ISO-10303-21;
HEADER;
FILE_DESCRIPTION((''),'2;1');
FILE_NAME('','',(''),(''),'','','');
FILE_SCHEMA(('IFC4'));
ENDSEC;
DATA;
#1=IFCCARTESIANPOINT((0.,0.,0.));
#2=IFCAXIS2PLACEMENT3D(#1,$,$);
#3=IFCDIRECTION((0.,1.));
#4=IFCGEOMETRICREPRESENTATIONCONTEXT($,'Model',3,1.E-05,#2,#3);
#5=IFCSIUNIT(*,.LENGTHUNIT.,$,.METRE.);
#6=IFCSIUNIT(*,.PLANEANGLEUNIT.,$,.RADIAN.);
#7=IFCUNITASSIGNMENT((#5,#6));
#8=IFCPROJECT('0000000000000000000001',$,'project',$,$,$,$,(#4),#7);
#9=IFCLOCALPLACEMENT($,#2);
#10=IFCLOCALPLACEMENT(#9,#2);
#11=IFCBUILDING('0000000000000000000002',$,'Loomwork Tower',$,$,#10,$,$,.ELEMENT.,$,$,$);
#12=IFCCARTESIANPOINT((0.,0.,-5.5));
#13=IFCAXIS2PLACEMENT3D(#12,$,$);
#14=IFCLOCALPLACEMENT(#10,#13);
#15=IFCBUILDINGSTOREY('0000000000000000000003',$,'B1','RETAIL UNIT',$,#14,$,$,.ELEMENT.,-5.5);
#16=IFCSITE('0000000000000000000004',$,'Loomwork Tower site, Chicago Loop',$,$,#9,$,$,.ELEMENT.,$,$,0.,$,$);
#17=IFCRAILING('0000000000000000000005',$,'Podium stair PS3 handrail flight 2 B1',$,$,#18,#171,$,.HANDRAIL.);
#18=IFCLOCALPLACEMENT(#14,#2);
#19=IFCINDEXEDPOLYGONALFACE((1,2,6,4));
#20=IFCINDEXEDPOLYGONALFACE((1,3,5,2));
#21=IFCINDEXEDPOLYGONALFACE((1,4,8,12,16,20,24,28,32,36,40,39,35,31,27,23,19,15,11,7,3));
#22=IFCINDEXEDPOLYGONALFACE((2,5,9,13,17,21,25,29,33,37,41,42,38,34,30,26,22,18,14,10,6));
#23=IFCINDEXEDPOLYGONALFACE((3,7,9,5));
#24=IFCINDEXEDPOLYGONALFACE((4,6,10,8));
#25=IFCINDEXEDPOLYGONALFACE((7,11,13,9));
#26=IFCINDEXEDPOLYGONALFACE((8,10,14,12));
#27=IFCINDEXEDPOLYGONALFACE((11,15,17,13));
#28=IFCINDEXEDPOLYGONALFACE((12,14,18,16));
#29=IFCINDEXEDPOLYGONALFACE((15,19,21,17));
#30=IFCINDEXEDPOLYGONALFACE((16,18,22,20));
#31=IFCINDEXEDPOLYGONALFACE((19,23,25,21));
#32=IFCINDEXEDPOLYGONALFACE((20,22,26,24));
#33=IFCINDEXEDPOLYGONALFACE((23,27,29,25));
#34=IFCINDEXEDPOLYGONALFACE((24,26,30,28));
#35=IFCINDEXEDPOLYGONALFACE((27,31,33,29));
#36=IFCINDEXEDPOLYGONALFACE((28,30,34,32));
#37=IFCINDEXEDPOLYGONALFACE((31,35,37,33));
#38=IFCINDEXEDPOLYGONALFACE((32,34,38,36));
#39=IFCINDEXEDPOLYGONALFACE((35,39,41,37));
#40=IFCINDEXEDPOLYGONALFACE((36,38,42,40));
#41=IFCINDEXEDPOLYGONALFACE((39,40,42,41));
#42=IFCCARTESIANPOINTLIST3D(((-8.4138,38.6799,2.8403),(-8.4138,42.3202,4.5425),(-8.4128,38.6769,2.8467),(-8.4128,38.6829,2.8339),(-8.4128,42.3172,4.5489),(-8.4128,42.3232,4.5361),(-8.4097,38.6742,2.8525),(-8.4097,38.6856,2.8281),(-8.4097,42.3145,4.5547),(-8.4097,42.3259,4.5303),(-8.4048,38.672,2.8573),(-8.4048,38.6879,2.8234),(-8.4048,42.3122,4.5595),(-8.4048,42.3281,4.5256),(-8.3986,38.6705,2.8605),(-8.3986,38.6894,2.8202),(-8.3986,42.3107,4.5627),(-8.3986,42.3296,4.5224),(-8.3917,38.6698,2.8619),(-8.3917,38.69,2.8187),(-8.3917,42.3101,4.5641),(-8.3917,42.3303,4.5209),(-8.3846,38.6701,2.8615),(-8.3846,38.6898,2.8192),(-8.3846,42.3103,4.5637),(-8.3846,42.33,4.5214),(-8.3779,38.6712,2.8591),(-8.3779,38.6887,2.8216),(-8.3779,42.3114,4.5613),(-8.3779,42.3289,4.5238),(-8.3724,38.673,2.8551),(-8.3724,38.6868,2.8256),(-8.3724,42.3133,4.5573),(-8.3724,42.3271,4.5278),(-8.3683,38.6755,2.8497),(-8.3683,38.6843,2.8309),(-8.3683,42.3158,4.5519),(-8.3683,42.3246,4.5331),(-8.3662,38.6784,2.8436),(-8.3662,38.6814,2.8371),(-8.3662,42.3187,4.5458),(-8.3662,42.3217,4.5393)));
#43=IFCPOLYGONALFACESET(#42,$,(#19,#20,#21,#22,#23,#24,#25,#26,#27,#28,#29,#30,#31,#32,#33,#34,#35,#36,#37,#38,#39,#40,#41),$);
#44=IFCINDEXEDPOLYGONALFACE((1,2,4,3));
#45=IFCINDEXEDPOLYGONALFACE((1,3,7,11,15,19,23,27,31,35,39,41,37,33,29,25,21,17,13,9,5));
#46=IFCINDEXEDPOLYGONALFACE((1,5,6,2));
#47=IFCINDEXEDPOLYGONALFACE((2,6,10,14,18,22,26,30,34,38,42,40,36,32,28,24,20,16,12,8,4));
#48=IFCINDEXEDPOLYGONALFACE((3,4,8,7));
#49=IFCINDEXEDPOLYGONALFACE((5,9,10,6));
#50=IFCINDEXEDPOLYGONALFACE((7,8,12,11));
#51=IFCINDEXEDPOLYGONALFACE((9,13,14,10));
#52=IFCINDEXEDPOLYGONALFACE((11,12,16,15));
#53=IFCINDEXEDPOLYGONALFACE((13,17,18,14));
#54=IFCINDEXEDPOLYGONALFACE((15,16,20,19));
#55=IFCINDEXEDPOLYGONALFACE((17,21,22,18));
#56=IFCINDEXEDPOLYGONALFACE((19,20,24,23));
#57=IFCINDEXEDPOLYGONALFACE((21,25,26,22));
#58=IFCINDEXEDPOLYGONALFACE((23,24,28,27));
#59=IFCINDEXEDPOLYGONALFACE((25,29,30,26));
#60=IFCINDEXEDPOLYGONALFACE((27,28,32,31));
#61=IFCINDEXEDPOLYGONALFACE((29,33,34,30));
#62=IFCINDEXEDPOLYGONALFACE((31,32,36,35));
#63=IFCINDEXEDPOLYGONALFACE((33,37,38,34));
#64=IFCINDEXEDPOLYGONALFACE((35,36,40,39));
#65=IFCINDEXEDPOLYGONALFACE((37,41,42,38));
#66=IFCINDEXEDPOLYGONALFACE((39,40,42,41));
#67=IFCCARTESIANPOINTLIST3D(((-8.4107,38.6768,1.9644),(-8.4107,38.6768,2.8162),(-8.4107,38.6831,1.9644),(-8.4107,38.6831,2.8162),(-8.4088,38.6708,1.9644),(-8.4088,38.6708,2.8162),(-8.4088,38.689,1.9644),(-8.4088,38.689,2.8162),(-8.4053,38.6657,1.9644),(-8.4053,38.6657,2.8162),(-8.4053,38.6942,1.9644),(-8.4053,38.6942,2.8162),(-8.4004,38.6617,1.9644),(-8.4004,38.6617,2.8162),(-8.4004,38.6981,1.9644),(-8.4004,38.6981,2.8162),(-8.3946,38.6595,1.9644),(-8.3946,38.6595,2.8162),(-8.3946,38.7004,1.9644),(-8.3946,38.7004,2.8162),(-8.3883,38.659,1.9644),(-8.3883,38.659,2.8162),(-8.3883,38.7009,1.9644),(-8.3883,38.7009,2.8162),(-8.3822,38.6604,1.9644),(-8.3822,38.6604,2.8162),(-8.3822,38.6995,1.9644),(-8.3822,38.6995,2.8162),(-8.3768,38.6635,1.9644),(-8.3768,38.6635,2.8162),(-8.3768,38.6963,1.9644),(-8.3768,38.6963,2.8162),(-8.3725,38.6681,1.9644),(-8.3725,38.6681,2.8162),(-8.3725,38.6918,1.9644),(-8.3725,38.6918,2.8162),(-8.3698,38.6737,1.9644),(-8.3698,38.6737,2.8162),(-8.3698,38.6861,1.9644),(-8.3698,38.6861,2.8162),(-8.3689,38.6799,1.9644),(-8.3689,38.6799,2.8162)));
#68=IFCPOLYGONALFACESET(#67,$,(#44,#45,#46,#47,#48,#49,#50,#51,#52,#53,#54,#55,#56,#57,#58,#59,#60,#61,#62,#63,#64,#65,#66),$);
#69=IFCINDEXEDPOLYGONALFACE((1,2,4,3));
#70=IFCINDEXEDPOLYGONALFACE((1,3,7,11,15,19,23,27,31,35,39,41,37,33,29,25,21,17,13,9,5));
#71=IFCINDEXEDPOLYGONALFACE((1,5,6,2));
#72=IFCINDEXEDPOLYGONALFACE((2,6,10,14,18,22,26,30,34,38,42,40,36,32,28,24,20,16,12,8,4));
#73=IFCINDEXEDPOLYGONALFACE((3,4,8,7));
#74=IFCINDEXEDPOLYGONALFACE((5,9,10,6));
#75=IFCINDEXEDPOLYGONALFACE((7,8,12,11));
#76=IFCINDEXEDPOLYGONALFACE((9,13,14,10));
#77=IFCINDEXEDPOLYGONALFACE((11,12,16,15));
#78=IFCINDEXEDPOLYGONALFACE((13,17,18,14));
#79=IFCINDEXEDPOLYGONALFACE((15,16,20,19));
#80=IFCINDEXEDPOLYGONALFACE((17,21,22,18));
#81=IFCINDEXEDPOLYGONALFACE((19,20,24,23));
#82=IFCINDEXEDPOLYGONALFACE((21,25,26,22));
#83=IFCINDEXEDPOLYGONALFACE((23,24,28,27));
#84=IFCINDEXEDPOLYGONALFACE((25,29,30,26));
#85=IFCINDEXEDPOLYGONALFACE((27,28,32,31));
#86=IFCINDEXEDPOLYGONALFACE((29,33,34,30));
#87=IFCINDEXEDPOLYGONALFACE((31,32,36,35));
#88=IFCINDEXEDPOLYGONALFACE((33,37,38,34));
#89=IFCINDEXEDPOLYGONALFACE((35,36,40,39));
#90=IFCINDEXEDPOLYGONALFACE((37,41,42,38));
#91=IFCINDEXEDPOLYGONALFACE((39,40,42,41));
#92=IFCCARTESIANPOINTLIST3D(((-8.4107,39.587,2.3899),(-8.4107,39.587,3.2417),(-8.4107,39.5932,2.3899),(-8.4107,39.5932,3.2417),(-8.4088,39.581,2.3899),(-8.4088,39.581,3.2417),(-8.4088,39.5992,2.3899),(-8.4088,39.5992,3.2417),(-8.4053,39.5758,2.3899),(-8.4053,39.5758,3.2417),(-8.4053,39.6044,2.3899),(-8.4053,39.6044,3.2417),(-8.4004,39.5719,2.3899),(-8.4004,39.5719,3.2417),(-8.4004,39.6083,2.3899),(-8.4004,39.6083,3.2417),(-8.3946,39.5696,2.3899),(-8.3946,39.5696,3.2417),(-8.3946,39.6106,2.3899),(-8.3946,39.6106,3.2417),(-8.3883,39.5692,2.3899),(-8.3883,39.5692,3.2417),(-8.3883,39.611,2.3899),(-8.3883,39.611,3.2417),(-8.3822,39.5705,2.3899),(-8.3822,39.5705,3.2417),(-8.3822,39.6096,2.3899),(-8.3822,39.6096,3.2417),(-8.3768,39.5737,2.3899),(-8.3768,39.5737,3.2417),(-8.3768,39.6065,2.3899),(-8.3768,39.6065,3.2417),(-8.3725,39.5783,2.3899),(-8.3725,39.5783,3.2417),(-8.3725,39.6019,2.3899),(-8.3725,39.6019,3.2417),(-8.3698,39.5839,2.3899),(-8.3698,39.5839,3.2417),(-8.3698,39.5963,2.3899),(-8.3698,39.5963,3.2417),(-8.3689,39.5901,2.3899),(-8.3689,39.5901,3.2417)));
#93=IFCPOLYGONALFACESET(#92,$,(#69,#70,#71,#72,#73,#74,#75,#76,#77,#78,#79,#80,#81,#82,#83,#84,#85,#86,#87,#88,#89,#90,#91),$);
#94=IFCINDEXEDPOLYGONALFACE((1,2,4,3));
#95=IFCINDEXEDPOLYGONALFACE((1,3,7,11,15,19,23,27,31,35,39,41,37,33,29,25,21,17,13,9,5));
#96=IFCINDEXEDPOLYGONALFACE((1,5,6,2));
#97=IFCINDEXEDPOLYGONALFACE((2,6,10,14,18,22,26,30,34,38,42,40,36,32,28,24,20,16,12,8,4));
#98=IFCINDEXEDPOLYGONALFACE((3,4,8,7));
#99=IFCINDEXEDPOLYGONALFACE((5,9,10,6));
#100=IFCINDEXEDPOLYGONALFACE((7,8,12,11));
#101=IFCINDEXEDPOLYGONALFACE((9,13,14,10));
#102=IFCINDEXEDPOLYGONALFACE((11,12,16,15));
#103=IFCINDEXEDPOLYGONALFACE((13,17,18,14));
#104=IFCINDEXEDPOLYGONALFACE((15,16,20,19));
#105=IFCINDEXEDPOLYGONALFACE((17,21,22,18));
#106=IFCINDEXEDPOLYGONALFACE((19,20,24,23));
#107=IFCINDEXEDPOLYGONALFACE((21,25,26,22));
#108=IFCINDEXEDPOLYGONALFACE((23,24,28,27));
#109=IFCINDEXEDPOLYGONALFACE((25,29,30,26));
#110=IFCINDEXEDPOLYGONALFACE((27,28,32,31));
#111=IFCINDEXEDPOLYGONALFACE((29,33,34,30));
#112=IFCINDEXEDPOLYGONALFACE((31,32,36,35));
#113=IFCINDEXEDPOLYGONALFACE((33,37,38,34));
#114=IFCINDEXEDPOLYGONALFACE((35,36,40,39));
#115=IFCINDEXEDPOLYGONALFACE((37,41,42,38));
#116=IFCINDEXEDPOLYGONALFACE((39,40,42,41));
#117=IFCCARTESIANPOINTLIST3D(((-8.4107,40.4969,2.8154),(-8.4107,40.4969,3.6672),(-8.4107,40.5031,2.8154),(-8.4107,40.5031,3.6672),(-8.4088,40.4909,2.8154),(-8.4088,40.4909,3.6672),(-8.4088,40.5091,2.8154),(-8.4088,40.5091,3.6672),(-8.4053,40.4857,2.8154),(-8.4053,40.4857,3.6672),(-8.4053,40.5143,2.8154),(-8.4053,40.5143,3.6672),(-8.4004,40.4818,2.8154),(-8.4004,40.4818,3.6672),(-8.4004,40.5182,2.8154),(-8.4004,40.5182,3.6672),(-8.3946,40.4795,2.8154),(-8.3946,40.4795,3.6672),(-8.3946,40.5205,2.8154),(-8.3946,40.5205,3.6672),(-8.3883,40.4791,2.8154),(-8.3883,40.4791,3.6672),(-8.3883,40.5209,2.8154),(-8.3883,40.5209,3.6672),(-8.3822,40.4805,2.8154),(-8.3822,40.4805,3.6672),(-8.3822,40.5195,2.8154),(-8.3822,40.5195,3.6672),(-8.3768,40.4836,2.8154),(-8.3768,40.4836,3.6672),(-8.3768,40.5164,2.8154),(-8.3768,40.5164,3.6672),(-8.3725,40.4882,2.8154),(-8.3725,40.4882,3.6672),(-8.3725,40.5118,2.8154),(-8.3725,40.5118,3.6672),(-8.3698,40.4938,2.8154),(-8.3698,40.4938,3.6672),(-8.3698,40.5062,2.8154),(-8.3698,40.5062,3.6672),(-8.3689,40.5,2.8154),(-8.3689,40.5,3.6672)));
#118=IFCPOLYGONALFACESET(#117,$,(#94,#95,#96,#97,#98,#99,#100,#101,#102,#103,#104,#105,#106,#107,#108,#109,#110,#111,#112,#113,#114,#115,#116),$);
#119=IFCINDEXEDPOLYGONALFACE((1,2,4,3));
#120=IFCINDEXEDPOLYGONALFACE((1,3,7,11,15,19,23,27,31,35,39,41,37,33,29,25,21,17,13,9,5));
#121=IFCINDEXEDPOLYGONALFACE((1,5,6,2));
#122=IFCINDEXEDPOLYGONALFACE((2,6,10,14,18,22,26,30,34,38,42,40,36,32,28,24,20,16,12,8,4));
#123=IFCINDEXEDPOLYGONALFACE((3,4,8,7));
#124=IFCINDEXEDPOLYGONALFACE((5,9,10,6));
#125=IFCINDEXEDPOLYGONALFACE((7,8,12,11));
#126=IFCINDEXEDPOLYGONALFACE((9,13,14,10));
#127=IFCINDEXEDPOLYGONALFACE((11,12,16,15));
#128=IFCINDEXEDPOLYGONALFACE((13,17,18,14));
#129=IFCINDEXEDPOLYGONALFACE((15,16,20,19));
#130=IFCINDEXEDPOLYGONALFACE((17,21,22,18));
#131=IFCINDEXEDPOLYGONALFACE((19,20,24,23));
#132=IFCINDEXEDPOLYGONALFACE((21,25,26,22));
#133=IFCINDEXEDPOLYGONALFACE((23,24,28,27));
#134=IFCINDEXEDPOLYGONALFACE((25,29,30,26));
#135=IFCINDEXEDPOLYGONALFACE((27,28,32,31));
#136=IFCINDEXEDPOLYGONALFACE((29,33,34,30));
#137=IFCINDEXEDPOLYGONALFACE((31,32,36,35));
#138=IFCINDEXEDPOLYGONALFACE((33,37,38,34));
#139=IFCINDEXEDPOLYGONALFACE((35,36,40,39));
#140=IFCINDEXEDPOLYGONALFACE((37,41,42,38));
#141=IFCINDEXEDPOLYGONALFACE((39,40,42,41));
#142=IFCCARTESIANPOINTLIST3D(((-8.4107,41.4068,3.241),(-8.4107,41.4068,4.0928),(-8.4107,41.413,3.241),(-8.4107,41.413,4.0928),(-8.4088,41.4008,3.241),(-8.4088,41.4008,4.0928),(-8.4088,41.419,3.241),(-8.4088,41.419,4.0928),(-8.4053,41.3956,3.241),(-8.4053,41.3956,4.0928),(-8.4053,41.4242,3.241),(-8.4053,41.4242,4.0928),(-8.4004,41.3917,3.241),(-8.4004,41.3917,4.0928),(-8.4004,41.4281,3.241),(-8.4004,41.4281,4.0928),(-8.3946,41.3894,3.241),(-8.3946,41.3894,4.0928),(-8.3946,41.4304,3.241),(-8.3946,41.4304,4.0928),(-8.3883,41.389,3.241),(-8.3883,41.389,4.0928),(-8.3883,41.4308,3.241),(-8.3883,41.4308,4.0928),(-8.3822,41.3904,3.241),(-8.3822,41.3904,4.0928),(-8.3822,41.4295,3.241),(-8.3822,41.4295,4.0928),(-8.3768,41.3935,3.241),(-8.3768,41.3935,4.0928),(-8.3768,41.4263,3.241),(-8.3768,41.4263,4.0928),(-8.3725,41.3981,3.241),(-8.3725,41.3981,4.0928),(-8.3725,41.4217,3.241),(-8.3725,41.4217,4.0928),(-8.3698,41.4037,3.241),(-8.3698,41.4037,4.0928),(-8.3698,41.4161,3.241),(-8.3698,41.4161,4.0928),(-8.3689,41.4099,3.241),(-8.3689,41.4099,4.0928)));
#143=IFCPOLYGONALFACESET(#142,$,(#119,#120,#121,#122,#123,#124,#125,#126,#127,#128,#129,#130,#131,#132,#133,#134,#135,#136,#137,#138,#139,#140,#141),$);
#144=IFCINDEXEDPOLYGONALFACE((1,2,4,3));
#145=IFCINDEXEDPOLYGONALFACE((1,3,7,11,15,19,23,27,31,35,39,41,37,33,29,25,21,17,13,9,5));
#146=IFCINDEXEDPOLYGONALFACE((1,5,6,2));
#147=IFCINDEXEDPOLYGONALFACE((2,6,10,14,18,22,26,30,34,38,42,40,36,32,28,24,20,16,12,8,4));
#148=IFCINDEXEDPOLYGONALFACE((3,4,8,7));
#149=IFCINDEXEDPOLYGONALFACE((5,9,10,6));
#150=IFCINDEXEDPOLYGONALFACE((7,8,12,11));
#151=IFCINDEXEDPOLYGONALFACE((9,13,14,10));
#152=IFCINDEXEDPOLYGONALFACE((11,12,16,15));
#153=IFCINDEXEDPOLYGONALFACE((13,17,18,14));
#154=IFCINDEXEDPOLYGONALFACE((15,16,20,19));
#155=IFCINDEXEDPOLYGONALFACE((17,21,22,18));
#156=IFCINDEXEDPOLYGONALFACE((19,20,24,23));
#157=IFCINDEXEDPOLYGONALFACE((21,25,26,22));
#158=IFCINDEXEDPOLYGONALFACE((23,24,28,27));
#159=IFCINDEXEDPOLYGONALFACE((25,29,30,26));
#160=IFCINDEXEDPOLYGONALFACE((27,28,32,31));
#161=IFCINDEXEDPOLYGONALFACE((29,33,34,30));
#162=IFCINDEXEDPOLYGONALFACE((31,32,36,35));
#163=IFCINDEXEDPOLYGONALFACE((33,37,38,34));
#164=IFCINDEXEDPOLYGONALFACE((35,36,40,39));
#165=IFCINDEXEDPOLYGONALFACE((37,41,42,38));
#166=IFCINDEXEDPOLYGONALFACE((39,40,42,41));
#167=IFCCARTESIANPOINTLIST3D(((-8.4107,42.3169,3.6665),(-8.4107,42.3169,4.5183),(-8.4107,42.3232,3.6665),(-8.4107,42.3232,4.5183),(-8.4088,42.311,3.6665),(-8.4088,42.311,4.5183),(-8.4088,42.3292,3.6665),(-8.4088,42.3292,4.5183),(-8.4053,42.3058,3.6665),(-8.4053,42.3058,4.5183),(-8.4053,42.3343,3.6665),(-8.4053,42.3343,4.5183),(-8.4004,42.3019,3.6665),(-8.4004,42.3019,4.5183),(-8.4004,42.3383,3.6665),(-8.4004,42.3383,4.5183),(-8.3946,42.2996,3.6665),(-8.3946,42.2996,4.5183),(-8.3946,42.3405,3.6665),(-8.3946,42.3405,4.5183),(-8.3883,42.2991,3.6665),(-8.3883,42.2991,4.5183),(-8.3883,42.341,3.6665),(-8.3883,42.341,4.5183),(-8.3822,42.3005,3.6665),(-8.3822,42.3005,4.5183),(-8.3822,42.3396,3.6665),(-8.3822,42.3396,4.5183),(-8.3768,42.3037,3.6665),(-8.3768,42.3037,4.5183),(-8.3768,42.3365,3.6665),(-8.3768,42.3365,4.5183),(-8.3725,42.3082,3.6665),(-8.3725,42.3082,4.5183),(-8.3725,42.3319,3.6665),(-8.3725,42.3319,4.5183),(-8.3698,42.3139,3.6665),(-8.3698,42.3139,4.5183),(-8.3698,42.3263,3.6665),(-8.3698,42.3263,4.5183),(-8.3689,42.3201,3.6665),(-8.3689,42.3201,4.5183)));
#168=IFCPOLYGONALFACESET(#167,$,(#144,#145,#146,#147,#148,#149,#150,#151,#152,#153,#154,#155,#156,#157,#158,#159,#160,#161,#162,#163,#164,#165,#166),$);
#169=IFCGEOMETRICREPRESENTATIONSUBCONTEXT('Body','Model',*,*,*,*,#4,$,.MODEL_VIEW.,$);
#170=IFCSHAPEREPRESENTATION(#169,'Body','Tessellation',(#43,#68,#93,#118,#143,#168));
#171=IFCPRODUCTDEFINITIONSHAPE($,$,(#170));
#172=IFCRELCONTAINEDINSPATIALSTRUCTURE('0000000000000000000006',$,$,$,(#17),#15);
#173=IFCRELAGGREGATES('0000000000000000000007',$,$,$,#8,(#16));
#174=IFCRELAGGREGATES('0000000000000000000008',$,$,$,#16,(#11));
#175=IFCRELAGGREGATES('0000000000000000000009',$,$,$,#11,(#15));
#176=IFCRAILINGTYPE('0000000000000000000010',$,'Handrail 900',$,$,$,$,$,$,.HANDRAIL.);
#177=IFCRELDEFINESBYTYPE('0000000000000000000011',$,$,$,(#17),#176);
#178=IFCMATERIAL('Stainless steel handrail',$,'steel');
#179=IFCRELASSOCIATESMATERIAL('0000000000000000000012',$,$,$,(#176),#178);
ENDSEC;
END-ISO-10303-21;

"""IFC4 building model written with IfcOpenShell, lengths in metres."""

from ifc_helpers import new_model, si_unit, direction, frame, origin, origin_2d, place, context, subcontext, project, spatial, circle, extrude, material, type_object, element, save


model = new_model("IFC4")

# Units and contexts
model_context = context("Model", 3, precision=1e-05, world=origin(), true_north=direction((0.0, 1.0)))
body_context = subcontext(model_context, "Body", "Model", "MODEL_VIEW")
ifc_project = project(units=[si_unit("LENGTHUNIT", "METRE"), si_unit("PLANEANGLEUNIT", "RADIAN")], contexts=[model_context])

# Site, building, storey
site_placement = place(None, origin())
site = spatial("IfcSite", under=ifc_project, at=site_placement, Name="Loomwork Tower site, Chicago Loop", CompositionType="ELEMENT", RefElevation=0.0)
building_placement = place(site_placement, origin())
building = spatial("IfcBuilding", under=site, at=building_placement, Name="Loomwork Tower", CompositionType="ELEMENT")
storey_placement = place(building_placement, frame((0.0, 0.0, -5.5)))
storey = spatial("IfcBuildingStorey", under=building, at=storey_placement, Name="B1", Description="RETAIL UNIT", CompositionType="ELEMENT", Elevation=-5.5)

# Railing
ifc_material_1 = material(Name="Stainless steel handrail", Category="steel")
railing_type = type_object("IfcRailingType", Name="Handrail 900", PredefinedType="HANDRAIL", material=ifc_material_1)
railing_1_placement = place(storey_placement, frame((-8.3899, 38.6799, 1.9644)))
element("IfcRailing", 1, at=railing_1_placement, inside=storey, type_object=railing_type, Name="Podium stair PS3 handrail flight 2 B1", PredefinedType="HANDRAIL", context=body_context, shape_type="SweptSolid", body=[
    extrude(circle(Radius=0.0239, at=origin_2d()), frame((0.0, 0.0, 0.876), z_axis=(0.0, 0.905857, 0.423584), x_axis=(-1.0, 0.0, 0.0)), (0.0, 0.0, 1.0), 4.0186),
    extrude(circle(Radius=0.021, at=origin_2d()), origin(), (0.0, 0.0, 1.0), 0.8518),
    extrude(circle(Radius=0.021, at=origin_2d()), frame((0.0, 0.9102, 0.4255)), (0.0, 0.0, 1.0), 0.8518),
    extrude(circle(Radius=0.021, at=origin_2d()), frame((0.0, 1.8201, 0.8511)), (0.0, 0.0, 1.0), 0.8518),
    extrude(circle(Radius=0.021, at=origin_2d()), frame((0.0, 2.73, 1.2766)), (0.0, 0.0, 1.0), 0.8518),
    extrude(circle(Radius=0.021, at=origin_2d()), frame((0.0, 3.6401, 1.7021)), (0.0, 0.0, 1.0), 0.8518),
])

save(model, "model.ifc")
